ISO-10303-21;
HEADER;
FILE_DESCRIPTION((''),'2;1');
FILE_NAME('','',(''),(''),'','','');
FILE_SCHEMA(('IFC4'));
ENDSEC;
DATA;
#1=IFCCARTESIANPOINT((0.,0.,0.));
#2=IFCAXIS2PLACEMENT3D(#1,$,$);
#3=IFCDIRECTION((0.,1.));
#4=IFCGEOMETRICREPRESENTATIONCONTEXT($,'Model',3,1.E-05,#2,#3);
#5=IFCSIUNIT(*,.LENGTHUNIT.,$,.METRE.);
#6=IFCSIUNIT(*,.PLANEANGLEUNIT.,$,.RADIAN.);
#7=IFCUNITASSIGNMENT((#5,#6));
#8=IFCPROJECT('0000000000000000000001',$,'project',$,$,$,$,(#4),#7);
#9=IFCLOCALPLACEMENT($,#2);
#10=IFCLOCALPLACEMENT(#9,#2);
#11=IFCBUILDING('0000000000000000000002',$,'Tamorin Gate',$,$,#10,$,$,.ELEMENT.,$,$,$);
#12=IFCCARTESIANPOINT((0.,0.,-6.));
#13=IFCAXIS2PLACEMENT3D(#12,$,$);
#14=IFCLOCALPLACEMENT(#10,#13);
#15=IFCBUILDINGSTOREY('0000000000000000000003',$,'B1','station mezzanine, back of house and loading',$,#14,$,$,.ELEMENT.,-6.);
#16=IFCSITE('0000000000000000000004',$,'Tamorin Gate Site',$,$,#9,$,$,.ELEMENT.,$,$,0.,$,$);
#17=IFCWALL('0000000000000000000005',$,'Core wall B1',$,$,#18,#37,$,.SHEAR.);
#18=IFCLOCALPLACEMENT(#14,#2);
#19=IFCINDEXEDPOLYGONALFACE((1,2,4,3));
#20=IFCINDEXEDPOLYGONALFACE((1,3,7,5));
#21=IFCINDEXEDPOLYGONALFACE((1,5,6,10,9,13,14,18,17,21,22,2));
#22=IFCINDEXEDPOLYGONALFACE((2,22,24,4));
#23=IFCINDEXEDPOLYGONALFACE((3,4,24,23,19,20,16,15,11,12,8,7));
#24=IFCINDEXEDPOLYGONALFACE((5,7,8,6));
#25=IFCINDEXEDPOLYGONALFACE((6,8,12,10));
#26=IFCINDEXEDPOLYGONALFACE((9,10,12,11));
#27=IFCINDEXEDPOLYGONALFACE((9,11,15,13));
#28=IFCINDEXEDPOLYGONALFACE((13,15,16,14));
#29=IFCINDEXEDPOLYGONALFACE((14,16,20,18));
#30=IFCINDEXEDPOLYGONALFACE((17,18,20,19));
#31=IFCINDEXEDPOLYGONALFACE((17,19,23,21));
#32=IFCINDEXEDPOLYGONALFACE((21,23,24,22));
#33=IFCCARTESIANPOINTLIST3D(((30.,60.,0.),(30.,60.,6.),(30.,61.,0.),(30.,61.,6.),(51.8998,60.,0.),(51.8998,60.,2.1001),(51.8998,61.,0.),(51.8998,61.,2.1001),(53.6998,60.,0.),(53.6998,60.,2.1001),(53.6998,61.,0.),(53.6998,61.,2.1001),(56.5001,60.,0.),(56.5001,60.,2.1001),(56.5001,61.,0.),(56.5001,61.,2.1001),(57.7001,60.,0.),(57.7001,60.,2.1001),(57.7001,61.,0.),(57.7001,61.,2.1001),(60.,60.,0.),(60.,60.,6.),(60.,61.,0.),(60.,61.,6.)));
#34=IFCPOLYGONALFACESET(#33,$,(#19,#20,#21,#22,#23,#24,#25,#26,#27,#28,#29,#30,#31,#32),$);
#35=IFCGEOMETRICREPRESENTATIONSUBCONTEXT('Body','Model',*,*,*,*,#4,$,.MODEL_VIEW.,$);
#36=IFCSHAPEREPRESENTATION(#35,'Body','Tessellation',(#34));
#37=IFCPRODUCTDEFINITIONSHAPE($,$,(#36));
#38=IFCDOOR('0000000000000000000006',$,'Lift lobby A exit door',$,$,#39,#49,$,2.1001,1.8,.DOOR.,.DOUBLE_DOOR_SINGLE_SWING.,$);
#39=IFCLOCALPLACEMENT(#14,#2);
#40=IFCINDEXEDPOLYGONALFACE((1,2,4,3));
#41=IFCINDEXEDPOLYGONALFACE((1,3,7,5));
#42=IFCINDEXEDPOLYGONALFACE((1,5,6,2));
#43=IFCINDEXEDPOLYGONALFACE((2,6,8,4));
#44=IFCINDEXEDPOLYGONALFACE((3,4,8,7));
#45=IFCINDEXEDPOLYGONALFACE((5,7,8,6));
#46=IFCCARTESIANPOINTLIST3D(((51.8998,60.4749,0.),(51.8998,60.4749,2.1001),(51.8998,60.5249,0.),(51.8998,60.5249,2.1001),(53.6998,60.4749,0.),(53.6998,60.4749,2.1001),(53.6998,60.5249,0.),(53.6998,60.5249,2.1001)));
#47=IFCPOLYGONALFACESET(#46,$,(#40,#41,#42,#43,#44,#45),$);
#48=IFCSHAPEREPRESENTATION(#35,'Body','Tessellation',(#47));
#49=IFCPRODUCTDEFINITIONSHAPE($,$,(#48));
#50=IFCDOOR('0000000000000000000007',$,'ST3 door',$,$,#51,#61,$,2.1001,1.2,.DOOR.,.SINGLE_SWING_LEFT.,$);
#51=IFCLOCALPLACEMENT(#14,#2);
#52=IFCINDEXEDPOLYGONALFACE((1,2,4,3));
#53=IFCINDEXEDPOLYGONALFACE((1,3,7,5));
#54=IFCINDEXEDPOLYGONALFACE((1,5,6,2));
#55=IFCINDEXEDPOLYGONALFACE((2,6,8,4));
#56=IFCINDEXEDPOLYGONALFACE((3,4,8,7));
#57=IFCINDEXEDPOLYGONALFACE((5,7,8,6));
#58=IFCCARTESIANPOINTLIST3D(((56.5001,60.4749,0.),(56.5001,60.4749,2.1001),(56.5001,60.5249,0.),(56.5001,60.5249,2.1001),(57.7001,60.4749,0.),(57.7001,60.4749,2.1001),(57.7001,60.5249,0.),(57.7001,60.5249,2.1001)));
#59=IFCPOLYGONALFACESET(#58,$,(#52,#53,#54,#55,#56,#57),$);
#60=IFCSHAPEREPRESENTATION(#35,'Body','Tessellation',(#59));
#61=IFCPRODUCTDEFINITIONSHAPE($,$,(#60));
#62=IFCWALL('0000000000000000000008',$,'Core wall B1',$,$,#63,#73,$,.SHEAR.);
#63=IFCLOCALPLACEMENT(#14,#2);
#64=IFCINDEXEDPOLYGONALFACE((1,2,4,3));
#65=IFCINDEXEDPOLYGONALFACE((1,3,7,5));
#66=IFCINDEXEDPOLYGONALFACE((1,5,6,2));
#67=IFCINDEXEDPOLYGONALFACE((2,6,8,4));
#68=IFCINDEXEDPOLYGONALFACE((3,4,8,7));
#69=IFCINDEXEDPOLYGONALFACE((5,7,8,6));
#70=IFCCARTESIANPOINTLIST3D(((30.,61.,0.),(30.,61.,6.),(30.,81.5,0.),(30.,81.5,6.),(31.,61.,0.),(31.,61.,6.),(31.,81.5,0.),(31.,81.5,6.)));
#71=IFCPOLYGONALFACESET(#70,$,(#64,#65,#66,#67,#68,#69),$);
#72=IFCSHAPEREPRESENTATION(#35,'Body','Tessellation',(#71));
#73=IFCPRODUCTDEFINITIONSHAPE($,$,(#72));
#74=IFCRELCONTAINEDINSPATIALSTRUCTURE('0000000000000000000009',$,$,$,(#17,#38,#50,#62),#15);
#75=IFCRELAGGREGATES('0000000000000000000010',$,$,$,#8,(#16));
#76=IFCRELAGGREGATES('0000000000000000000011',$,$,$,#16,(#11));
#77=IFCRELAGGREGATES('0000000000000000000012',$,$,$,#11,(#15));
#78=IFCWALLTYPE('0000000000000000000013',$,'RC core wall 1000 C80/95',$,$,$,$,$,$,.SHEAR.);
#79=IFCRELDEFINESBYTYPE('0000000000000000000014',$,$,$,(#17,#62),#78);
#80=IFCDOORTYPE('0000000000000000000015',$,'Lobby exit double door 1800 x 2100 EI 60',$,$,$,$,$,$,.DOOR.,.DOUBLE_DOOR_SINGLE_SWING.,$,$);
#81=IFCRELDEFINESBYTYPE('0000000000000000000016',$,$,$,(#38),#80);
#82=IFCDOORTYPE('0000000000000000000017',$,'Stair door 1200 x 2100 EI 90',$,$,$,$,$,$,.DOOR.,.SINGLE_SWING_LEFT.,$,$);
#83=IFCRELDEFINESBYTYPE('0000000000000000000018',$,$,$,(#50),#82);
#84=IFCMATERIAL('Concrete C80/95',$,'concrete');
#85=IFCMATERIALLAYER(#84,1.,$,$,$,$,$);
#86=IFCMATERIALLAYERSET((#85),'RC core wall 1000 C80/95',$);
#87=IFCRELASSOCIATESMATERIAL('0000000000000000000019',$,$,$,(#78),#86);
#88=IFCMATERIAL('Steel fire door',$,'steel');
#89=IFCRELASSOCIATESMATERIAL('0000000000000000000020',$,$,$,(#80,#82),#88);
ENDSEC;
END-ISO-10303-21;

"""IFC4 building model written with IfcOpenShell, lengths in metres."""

from ifc_helpers import new_model, si_unit, direction, frame, frame_2d, origin, place, context, subcontext, project, spatial, rectangle, extrude, material, layer, layer_set, type_object, element, fill, save


model = new_model("IFC4")

# Units and contexts
model_context = context("Model", 3, precision=1e-05, world=origin(), true_north=direction((0.0, 1.0)))
body_context = subcontext(model_context, "Body", "Model", "MODEL_VIEW")
ifc_project = project(units=[si_unit("LENGTHUNIT", "METRE"), si_unit("PLANEANGLEUNIT", "RADIAN")], contexts=[model_context])

# Site, building, storey
site_placement = place(None, origin())
site = spatial("IfcSite", under=ifc_project, at=site_placement, Name="Tamorin Gate Site", CompositionType="ELEMENT", RefElevation=0.0)
building_placement = place(site_placement, origin())
building = spatial("IfcBuilding", under=site, at=building_placement, Name="Tamorin Gate", CompositionType="ELEMENT")
storey_placement = place(building_placement, frame((0.0, 0.0, -6.0)))
storey = spatial("IfcBuildingStorey", under=building, at=storey_placement, Name="B1", Description="station mezzanine, back of house and loading", CompositionType="ELEMENT", Elevation=-6.0)

# Shared definitions
ifc_material_1 = material(Name="Concrete C80/95", Category="concrete")

# Wall, openings, doors
ifc_layer_1 = layer(ifc_material_1, 1.0)
ifc_layer_set_1 = layer_set([ifc_layer_1], Name="RC core wall 1000 C80/95")
wall_type_1 = type_object("IfcWallType", Name="RC core wall 1000 C80/95", PredefinedType="SHEAR", material=ifc_layer_set_1)
wall_1_placement = place(storey_placement, frame((30.0, 60.5, 0.0), z_axis=(0.0, 0.0, 1.0), x_axis=(1.0, 0.0, 0.0)))
wall_1 = element("IfcWall", 1, at=wall_1_placement, inside=storey, type_object=wall_type_1, Name="Core wall B1", PredefinedType="SHEAR", context=body_context, shape_type="SweptSolid", body=[
    extrude(rectangle(XDim=30.0, YDim=1.0, at=frame_2d((15.0, 0.0))), origin(), (0.0, 0.0, 1.0), 6.0),
])
opening_1_placement = place(wall_1_placement, frame((21.8999, 0.0, 0.0)))
opening_1 = element("IfcOpeningElement", 2, at=opening_1_placement, cuts=wall_1, PredefinedType="OPENING", context=body_context, shape_type="SweptSolid", body=[
    extrude(rectangle(XDim=1.8, YDim=2.1001, at=frame_2d((0.8999, 1.05))), frame((0.0, 0.51, 0.0), z_axis=(0.0, -1.0, 0.0), x_axis=(1.0, 0.0, 0.0)), (0.0, 0.0, 1.0), 1.02),
])
opening_2_placement = place(wall_1_placement, frame((26.5, 0.0, 0.0)))
opening_2 = element("IfcOpeningElement", 3, at=opening_2_placement, cuts=wall_1, PredefinedType="OPENING", context=body_context, shape_type="SweptSolid", body=[
    extrude(rectangle(XDim=1.2, YDim=2.1001, at=frame_2d((0.6001, 1.05))), frame((0.0, 0.51, 0.0), z_axis=(0.0, -1.0, 0.0), x_axis=(1.0, 0.0, 0.0)), (0.0, 0.0, 1.0), 1.02),
])
ifc_material_2 = material(Name="Steel fire door", Category="steel")
door_type_1 = type_object("IfcDoorType", Name="Lobby exit double door 1800 x 2100 EI 60", OperationType="DOUBLE_DOOR_SINGLE_SWING", PredefinedType="DOOR", material=ifc_material_2)
door_1_placement = place(opening_1_placement, origin())
door_1 = element("IfcDoor", 4, at=door_1_placement, inside=storey, type_object=door_type_1, Name="Lift lobby A exit door", OperationType="DOUBLE_DOOR_SINGLE_SWING", OverallHeight=2.1001, OverallWidth=1.8, PredefinedType="DOOR", context=body_context, shape_type="SweptSolid", body=[
    extrude(rectangle(XDim=1.8, YDim=2.1001, at=frame_2d((0.8999, 1.05))), frame((0.0, 0.0249, 0.0), z_axis=(0.0, -1.0, 0.0), x_axis=(1.0, 0.0, 0.0)), (0.0, 0.0, 1.0), 0.05),
])
fill(opening_1, door_1)
door_type_2 = type_object("IfcDoorType", Name="Stair door 1200 x 2100 EI 90", OperationType="SINGLE_SWING_LEFT", PredefinedType="DOOR", material=ifc_material_2)
door_2_placement = place(opening_2_placement, origin())
door_2 = element("IfcDoor", 5, at=door_2_placement, inside=storey, type_object=door_type_2, Name="ST3 door", OperationType="SINGLE_SWING_LEFT", OverallHeight=2.1001, OverallWidth=1.2, PredefinedType="DOOR", context=body_context, shape_type="SweptSolid", body=[
    extrude(rectangle(XDim=1.2, YDim=2.1001, at=frame_2d((0.6001, 1.05))), frame((0.0, 0.0249, 0.0), z_axis=(0.0, -1.0, 0.0), x_axis=(1.0, 0.0, 0.0)), (0.0, 0.0, 1.0), 0.05),
])
fill(opening_2, door_2)

# Wall
wall_2_placement = place(storey_placement, frame((30.5, 61.0, 0.0), z_axis=(0.0, 0.0, 1.0), x_axis=(0.0, 1.0, 0.0)))
element("IfcWall", 6, at=wall_2_placement, inside=storey, type_object=wall_type_1, Name="Core wall B1", PredefinedType="SHEAR", context=body_context, shape_type="SweptSolid", body=[
    extrude(rectangle(XDim=20.5, YDim=1.0, at=frame_2d((10.25, 0.0))), origin(), (0.0, 0.0, 1.0), 6.0),
])

save(model, "model.ifc")
